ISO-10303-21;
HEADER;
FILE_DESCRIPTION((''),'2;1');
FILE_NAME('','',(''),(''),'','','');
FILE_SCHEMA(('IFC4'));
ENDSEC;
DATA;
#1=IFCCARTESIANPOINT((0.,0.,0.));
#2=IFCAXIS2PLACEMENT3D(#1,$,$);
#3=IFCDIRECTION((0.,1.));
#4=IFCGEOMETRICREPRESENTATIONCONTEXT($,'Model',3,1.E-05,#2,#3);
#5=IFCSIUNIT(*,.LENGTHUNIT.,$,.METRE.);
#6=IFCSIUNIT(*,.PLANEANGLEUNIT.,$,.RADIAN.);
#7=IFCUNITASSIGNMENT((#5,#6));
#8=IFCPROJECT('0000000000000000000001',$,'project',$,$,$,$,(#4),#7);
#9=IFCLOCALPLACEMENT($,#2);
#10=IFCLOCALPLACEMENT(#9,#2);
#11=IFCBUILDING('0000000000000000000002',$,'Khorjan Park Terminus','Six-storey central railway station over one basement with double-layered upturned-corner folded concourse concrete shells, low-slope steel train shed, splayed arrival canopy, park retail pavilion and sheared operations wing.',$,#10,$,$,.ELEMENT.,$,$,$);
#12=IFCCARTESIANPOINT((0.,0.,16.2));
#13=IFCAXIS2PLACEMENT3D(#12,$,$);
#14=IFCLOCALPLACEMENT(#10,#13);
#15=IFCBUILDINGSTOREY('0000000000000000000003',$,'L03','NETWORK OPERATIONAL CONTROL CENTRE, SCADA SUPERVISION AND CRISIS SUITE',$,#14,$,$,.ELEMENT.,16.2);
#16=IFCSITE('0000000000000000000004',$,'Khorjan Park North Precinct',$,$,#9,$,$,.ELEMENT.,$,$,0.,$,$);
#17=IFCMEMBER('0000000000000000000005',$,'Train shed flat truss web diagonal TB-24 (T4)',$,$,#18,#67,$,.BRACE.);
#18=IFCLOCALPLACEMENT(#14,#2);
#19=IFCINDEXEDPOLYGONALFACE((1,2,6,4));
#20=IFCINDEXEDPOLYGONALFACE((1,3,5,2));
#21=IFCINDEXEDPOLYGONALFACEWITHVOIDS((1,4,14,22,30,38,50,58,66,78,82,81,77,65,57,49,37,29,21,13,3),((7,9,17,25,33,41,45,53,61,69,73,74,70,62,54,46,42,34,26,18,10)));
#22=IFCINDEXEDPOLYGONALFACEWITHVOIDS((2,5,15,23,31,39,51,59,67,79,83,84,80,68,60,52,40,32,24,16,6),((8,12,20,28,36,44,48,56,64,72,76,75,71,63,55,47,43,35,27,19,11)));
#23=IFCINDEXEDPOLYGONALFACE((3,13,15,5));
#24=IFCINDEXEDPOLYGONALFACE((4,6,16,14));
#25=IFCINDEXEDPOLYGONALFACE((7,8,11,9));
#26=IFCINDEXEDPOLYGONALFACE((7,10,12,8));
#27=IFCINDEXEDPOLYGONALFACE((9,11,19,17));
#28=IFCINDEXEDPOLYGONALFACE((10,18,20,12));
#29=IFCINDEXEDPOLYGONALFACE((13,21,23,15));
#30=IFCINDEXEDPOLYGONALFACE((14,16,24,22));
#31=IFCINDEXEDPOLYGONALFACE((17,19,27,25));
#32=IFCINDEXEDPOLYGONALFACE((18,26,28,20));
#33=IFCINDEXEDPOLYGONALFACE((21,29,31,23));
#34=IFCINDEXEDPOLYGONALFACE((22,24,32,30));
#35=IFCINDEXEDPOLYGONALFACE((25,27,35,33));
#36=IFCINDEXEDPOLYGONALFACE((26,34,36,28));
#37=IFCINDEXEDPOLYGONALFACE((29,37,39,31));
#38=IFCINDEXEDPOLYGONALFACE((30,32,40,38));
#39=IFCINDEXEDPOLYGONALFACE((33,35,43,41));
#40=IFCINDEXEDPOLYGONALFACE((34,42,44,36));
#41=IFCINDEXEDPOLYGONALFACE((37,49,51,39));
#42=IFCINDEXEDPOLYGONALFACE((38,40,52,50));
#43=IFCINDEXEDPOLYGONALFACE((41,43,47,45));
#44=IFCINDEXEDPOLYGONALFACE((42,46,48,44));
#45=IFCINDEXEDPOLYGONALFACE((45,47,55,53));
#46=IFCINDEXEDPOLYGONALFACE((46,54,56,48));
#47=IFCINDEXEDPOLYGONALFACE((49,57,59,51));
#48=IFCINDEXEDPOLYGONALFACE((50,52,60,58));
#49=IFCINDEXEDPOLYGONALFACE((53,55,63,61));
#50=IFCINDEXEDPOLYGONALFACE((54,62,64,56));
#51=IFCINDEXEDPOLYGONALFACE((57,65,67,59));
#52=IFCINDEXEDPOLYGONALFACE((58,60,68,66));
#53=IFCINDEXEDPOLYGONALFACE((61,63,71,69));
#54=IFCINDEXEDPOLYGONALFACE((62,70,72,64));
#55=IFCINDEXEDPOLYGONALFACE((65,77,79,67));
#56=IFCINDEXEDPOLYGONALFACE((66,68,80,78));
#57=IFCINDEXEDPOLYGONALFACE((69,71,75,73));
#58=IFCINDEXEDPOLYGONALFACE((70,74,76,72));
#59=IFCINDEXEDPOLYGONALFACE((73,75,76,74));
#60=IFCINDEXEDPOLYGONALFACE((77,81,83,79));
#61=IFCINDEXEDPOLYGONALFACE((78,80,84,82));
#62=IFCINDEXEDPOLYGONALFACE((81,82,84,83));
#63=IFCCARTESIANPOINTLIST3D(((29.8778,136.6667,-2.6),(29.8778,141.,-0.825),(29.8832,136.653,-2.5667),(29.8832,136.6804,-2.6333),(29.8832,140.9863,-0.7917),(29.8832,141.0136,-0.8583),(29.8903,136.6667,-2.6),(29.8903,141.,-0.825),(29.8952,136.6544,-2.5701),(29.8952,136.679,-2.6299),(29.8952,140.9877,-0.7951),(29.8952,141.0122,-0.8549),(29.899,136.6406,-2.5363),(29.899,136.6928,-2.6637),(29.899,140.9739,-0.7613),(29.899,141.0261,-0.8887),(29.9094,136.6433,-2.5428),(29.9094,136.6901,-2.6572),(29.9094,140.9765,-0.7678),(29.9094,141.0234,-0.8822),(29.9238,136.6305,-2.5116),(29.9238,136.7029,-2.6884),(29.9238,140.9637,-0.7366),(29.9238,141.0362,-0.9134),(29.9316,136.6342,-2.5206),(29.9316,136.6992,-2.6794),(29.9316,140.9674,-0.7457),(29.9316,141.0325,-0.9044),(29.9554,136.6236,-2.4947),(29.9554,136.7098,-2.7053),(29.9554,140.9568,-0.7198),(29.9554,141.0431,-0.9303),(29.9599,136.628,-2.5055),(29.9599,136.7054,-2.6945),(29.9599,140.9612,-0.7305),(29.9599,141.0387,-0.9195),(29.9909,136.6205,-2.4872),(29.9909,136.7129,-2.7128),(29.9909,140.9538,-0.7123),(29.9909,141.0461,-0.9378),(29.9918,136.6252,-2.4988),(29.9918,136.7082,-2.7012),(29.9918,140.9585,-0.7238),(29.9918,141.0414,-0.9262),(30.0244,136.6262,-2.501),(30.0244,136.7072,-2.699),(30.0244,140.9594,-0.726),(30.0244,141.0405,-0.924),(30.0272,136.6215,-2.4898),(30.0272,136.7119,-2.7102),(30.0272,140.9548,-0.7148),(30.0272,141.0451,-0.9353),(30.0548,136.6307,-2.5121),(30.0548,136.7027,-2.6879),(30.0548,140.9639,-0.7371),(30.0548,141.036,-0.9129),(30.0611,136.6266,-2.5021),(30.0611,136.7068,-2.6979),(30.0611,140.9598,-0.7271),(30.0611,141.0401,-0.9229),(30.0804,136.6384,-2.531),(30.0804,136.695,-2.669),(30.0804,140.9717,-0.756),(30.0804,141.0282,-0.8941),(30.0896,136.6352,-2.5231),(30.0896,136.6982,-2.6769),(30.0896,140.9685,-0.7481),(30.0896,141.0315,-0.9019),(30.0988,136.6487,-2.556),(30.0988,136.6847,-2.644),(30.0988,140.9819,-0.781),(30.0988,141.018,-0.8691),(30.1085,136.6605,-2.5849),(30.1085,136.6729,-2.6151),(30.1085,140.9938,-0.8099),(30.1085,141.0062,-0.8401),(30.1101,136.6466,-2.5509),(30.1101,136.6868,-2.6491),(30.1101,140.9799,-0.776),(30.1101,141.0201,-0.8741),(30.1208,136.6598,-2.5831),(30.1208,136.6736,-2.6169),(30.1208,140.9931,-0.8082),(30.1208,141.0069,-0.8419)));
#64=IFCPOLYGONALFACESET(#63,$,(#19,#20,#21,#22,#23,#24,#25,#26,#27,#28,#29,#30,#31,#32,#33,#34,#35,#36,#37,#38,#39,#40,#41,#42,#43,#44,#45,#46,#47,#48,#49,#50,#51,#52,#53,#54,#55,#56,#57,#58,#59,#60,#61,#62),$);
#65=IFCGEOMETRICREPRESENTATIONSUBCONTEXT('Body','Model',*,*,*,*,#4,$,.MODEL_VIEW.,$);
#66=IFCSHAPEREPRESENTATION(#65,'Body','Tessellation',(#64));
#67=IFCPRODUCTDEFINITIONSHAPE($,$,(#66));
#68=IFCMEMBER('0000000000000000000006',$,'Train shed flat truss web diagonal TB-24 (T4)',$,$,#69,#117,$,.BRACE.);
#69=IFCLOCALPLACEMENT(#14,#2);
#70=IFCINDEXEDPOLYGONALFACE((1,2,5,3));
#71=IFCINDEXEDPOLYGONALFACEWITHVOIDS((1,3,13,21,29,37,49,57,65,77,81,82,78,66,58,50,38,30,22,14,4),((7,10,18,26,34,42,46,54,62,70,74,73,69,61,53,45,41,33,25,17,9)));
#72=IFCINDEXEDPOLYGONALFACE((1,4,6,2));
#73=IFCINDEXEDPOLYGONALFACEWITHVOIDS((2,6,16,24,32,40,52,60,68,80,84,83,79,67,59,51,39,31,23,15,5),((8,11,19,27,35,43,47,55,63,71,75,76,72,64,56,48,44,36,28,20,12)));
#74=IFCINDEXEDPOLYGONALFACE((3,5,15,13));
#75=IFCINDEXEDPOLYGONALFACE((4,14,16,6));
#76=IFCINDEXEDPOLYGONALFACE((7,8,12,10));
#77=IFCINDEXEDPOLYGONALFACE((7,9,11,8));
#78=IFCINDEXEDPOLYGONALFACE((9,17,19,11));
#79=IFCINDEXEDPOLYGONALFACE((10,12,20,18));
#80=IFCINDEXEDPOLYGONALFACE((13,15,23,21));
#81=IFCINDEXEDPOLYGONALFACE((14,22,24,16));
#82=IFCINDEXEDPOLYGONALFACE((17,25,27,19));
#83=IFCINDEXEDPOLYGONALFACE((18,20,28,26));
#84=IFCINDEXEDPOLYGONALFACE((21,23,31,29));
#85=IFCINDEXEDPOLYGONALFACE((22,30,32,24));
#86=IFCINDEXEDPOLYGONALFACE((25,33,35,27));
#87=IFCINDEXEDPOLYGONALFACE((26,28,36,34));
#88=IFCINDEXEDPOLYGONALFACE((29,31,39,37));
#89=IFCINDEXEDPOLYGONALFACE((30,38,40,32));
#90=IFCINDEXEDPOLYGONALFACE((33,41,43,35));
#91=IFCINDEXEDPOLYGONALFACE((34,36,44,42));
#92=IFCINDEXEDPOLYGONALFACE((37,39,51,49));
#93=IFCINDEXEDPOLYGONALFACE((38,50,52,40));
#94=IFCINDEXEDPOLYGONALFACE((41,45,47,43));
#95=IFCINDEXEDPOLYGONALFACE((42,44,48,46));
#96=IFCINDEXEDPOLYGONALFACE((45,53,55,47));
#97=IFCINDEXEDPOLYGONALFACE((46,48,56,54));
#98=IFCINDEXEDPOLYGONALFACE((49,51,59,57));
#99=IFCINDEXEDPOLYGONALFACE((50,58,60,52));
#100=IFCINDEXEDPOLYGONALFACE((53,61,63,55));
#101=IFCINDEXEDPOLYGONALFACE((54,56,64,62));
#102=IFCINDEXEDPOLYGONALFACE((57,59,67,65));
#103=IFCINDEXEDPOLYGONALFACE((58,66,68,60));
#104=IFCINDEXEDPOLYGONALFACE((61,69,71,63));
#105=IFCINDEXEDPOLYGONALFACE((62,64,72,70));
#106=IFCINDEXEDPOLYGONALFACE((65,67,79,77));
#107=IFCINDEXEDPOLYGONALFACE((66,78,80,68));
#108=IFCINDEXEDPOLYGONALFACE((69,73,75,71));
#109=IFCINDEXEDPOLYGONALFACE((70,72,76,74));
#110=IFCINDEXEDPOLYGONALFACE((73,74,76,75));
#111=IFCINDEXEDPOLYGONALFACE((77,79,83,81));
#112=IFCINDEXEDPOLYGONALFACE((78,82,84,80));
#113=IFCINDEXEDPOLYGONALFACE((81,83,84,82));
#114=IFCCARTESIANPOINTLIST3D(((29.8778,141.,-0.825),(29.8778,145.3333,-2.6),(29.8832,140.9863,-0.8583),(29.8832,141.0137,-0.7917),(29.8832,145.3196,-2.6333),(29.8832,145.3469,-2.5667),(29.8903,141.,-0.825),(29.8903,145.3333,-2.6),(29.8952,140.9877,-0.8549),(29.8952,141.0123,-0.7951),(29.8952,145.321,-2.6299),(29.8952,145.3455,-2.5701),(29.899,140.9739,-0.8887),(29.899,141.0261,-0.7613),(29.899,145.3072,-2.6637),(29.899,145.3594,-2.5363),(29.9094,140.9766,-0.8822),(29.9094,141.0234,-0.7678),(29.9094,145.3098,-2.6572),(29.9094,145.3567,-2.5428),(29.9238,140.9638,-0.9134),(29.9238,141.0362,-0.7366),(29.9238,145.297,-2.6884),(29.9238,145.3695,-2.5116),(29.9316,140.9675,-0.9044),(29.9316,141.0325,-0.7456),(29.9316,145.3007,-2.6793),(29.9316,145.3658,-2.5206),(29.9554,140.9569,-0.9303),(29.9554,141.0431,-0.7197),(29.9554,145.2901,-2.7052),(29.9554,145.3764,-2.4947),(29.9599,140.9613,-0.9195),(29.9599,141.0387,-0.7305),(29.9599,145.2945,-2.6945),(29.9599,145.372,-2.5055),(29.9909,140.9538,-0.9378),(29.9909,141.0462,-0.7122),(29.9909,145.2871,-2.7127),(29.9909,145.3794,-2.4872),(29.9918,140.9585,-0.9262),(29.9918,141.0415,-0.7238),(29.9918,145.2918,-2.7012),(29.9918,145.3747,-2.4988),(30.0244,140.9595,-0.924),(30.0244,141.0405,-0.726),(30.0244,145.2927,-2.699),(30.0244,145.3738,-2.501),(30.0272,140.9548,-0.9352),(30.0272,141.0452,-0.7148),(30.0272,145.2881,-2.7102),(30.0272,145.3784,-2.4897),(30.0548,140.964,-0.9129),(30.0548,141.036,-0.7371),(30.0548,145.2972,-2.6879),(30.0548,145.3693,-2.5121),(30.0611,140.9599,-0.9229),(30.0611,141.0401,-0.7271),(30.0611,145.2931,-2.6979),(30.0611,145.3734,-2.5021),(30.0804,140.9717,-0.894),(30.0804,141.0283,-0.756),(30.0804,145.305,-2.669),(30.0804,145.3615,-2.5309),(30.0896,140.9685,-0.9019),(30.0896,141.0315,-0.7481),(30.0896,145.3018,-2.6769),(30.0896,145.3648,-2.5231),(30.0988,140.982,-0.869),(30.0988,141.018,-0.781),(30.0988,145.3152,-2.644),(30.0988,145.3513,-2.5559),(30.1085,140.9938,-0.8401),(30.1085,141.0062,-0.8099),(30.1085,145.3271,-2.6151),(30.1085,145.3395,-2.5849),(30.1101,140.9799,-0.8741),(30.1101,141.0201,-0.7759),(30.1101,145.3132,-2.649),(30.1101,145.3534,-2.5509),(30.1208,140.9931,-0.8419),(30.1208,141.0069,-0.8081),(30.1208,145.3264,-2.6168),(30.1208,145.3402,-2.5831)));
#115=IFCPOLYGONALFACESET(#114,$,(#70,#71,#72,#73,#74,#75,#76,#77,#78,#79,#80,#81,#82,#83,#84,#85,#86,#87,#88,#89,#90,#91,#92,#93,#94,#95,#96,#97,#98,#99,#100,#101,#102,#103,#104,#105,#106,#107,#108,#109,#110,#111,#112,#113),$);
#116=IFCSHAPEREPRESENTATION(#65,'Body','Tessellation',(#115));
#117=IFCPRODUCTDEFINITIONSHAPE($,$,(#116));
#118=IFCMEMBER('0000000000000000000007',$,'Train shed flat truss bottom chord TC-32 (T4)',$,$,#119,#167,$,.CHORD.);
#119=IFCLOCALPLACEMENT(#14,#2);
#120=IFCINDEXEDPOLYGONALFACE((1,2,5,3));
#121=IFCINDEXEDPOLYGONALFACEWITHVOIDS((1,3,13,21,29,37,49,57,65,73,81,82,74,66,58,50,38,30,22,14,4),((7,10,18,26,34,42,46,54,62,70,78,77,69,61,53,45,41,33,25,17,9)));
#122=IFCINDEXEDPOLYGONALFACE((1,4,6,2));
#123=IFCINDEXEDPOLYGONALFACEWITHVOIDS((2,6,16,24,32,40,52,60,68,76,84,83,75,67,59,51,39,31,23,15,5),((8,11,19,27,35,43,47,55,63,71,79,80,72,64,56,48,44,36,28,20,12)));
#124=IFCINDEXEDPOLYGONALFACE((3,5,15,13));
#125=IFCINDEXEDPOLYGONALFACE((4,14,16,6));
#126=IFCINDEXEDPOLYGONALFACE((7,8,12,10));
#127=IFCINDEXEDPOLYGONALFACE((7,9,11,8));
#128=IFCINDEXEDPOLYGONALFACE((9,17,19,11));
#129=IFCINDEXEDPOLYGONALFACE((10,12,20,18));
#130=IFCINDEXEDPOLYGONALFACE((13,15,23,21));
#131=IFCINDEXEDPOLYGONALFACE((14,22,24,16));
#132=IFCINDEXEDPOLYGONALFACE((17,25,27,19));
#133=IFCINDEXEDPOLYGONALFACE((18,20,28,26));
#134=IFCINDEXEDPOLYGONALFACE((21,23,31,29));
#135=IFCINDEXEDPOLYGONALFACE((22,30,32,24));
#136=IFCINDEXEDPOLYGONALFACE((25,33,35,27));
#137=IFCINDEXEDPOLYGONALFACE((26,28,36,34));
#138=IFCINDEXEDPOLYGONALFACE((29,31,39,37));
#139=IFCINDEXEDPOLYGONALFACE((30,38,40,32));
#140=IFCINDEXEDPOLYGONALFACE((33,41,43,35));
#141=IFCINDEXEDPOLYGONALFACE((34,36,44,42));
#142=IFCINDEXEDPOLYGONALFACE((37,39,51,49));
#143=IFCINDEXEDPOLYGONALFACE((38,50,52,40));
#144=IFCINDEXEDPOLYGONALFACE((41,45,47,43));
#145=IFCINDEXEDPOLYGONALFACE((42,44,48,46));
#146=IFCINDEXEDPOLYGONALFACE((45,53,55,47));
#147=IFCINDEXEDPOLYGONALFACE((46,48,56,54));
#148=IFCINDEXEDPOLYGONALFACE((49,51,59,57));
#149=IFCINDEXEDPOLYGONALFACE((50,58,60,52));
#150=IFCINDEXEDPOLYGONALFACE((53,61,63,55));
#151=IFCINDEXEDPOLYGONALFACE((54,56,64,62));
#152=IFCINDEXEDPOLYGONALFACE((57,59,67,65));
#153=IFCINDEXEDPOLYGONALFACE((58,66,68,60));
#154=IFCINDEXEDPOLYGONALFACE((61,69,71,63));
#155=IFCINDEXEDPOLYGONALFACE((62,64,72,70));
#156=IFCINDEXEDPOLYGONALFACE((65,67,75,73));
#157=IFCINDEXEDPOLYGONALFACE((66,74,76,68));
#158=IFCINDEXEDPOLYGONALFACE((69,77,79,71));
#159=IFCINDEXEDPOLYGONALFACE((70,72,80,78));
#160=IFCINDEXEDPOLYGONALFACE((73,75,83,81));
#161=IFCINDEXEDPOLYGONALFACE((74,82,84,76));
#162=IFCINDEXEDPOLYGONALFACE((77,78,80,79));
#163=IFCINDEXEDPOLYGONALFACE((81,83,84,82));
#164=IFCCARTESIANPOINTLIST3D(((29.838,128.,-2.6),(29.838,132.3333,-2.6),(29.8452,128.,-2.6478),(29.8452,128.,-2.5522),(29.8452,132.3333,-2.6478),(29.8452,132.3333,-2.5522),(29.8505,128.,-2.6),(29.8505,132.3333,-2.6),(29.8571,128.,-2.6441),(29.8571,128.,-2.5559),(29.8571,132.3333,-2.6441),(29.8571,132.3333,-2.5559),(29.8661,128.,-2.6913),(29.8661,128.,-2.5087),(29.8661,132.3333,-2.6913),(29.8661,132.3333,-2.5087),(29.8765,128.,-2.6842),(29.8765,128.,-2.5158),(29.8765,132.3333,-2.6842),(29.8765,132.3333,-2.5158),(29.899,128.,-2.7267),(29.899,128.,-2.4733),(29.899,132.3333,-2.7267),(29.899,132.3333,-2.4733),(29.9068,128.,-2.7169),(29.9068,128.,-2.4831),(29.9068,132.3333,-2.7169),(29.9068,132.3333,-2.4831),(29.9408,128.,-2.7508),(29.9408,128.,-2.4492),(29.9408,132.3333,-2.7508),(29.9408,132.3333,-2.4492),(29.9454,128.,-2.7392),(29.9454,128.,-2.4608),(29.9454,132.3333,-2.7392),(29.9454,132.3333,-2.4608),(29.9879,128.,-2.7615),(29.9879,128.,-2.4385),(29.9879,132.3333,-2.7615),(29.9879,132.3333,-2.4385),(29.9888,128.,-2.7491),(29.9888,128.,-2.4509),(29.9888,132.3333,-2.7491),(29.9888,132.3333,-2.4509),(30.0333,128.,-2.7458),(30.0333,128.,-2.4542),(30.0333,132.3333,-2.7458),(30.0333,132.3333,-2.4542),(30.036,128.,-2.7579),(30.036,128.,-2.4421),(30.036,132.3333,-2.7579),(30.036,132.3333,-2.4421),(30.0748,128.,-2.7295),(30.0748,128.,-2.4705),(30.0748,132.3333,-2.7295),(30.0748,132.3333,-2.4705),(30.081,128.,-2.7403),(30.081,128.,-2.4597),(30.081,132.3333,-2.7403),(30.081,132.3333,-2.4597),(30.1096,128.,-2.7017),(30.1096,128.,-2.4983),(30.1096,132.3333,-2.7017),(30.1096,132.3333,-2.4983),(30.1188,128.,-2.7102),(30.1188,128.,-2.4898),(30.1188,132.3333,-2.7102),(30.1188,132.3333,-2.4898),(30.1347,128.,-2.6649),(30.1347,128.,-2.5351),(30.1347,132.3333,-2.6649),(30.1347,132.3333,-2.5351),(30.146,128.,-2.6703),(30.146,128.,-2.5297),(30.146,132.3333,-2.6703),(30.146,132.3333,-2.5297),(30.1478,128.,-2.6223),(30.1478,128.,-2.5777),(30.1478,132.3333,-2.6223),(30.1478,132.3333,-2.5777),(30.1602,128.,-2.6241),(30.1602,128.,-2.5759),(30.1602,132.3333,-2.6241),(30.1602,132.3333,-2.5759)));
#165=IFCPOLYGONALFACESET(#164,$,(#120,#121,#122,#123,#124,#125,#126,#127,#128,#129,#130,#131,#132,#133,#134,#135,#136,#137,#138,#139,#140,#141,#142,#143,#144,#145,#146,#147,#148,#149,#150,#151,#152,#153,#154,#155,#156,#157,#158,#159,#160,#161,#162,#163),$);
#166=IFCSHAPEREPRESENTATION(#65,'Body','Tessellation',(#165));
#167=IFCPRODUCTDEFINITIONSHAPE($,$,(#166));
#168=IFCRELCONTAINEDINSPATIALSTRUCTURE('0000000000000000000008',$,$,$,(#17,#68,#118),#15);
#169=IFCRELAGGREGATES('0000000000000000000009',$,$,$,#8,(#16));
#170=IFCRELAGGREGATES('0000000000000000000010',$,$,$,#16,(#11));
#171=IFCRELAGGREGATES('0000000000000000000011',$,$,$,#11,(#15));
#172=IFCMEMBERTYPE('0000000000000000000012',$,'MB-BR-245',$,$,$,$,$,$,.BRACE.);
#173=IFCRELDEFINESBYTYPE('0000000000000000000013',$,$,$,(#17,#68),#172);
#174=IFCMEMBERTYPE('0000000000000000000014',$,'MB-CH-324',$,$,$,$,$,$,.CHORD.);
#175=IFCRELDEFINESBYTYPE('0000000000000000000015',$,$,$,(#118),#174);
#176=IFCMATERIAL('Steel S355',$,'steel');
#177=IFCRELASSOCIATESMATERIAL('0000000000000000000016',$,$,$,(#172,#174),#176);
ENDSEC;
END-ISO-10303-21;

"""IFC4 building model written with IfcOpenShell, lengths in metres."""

from ifc_helpers import new_model, si_unit, direction, frame, origin, origin_2d, place, context, subcontext, project, spatial, hollow_circle, extrude, material, material_profile, profile_set, type_object, element, save


model = new_model("IFC4")

# Units and contexts
model_context = context("Model", 3, precision=1e-05, world=origin(), true_north=direction((0.0, 1.0)))
body_context = subcontext(model_context, "Body", "Model", "MODEL_VIEW")
ifc_project = project(units=[si_unit("LENGTHUNIT", "METRE"), si_unit("PLANEANGLEUNIT", "RADIAN")], contexts=[model_context])

# Site, building, storey
site_placement = place(None, origin())
site = spatial("IfcSite", under=ifc_project, at=site_placement, Name="Khorjan Park North Precinct", CompositionType="ELEMENT", RefElevation=0.0)
building_placement = place(site_placement, origin())
building = spatial("IfcBuilding", under=site, at=building_placement, Name="Khorjan Park Terminus", Description="Six-storey central railway station over one basement with double-layered upturned-corner folded concourse concrete shells, low-slope steel train shed, splayed arrival canopy, park retail pavilion and sheared operations wing.", CompositionType="ELEMENT")
storey_placement = place(building_placement, frame((0.0, 0.0, 16.2)))
storey = spatial("IfcBuildingStorey", under=building, at=storey_placement, Name="L03", Description="NETWORK OPERATIONAL CONTROL CENTRE, SCADA SUPERVISION AND CRISIS SUITE", CompositionType="ELEMENT", Elevation=16.2)

# Members
ifc_material_1 = material(Name="Steel S355", Category="steel")
ifc_material_profile_1 = material_profile(ifc_material_1, hollow_circle(Radius=0.1222, WallThickness=0.0125, at=origin_2d()), Name="CHS 244.5x12.5")
ifc_profile_set_1 = profile_set([ifc_material_profile_1], Name="Steel S355")
member_type_1 = type_object("IfcMemberType", Name="MB-BR-245", PredefinedType="BRACE", material=ifc_profile_set_1)
for number, where, z_axis, x_axis, name in (
    (1, (30.0, 136.6667, -2.6), (0.0, 0.925376, 0.379051), (-1.0, 0.0, 0.0), "Train shed flat truss web diagonal TB-24 (T4)"),
    (2, (30.0, 141.0, -0.825), (0.0, 0.925376, -0.379051), (-1.0, 0.0, 0.0), "Train shed flat truss web diagonal TB-24 (T4)"),
):
    element("IfcMember", number, at=place(storey_placement, frame(where, z_axis=z_axis, x_axis=x_axis)), inside=storey, type_object=member_type_1, Name=name, PredefinedType="BRACE", context=body_context, shape_type="SweptSolid", body=[
        extrude(hollow_circle(Radius=0.1222, WallThickness=0.0125, at=origin_2d()), origin(), (0.0, 0.0, 1.0), 4.6827),
    ])
ifc_material_profile_2 = material_profile(ifc_material_1, hollow_circle(Radius=0.162, WallThickness=0.0125, at=origin_2d()), Name="CHS 323.9x12.5")
ifc_profile_set_2 = profile_set([ifc_material_profile_2], Name="Steel S355")
member_type_2 = type_object("IfcMemberType", Name="MB-CH-324", PredefinedType="CHORD", material=ifc_profile_set_2)
member_1_placement = place(storey_placement, frame((30.0, 128.0, -2.6), z_axis=(0.0, 1.0, 0.0), x_axis=(-1.0, 0.0, 0.0)))
element("IfcMember", 3, at=member_1_placement, inside=storey, type_object=member_type_2, Name="Train shed flat truss bottom chord TC-32 (T4)", PredefinedType="CHORD", context=body_context, shape_type="SweptSolid", body=[
    extrude(hollow_circle(Radius=0.162, WallThickness=0.0125, at=origin_2d()), origin(), (0.0, 0.0, 1.0), 4.3333),
])

save(model, "model.ifc")
